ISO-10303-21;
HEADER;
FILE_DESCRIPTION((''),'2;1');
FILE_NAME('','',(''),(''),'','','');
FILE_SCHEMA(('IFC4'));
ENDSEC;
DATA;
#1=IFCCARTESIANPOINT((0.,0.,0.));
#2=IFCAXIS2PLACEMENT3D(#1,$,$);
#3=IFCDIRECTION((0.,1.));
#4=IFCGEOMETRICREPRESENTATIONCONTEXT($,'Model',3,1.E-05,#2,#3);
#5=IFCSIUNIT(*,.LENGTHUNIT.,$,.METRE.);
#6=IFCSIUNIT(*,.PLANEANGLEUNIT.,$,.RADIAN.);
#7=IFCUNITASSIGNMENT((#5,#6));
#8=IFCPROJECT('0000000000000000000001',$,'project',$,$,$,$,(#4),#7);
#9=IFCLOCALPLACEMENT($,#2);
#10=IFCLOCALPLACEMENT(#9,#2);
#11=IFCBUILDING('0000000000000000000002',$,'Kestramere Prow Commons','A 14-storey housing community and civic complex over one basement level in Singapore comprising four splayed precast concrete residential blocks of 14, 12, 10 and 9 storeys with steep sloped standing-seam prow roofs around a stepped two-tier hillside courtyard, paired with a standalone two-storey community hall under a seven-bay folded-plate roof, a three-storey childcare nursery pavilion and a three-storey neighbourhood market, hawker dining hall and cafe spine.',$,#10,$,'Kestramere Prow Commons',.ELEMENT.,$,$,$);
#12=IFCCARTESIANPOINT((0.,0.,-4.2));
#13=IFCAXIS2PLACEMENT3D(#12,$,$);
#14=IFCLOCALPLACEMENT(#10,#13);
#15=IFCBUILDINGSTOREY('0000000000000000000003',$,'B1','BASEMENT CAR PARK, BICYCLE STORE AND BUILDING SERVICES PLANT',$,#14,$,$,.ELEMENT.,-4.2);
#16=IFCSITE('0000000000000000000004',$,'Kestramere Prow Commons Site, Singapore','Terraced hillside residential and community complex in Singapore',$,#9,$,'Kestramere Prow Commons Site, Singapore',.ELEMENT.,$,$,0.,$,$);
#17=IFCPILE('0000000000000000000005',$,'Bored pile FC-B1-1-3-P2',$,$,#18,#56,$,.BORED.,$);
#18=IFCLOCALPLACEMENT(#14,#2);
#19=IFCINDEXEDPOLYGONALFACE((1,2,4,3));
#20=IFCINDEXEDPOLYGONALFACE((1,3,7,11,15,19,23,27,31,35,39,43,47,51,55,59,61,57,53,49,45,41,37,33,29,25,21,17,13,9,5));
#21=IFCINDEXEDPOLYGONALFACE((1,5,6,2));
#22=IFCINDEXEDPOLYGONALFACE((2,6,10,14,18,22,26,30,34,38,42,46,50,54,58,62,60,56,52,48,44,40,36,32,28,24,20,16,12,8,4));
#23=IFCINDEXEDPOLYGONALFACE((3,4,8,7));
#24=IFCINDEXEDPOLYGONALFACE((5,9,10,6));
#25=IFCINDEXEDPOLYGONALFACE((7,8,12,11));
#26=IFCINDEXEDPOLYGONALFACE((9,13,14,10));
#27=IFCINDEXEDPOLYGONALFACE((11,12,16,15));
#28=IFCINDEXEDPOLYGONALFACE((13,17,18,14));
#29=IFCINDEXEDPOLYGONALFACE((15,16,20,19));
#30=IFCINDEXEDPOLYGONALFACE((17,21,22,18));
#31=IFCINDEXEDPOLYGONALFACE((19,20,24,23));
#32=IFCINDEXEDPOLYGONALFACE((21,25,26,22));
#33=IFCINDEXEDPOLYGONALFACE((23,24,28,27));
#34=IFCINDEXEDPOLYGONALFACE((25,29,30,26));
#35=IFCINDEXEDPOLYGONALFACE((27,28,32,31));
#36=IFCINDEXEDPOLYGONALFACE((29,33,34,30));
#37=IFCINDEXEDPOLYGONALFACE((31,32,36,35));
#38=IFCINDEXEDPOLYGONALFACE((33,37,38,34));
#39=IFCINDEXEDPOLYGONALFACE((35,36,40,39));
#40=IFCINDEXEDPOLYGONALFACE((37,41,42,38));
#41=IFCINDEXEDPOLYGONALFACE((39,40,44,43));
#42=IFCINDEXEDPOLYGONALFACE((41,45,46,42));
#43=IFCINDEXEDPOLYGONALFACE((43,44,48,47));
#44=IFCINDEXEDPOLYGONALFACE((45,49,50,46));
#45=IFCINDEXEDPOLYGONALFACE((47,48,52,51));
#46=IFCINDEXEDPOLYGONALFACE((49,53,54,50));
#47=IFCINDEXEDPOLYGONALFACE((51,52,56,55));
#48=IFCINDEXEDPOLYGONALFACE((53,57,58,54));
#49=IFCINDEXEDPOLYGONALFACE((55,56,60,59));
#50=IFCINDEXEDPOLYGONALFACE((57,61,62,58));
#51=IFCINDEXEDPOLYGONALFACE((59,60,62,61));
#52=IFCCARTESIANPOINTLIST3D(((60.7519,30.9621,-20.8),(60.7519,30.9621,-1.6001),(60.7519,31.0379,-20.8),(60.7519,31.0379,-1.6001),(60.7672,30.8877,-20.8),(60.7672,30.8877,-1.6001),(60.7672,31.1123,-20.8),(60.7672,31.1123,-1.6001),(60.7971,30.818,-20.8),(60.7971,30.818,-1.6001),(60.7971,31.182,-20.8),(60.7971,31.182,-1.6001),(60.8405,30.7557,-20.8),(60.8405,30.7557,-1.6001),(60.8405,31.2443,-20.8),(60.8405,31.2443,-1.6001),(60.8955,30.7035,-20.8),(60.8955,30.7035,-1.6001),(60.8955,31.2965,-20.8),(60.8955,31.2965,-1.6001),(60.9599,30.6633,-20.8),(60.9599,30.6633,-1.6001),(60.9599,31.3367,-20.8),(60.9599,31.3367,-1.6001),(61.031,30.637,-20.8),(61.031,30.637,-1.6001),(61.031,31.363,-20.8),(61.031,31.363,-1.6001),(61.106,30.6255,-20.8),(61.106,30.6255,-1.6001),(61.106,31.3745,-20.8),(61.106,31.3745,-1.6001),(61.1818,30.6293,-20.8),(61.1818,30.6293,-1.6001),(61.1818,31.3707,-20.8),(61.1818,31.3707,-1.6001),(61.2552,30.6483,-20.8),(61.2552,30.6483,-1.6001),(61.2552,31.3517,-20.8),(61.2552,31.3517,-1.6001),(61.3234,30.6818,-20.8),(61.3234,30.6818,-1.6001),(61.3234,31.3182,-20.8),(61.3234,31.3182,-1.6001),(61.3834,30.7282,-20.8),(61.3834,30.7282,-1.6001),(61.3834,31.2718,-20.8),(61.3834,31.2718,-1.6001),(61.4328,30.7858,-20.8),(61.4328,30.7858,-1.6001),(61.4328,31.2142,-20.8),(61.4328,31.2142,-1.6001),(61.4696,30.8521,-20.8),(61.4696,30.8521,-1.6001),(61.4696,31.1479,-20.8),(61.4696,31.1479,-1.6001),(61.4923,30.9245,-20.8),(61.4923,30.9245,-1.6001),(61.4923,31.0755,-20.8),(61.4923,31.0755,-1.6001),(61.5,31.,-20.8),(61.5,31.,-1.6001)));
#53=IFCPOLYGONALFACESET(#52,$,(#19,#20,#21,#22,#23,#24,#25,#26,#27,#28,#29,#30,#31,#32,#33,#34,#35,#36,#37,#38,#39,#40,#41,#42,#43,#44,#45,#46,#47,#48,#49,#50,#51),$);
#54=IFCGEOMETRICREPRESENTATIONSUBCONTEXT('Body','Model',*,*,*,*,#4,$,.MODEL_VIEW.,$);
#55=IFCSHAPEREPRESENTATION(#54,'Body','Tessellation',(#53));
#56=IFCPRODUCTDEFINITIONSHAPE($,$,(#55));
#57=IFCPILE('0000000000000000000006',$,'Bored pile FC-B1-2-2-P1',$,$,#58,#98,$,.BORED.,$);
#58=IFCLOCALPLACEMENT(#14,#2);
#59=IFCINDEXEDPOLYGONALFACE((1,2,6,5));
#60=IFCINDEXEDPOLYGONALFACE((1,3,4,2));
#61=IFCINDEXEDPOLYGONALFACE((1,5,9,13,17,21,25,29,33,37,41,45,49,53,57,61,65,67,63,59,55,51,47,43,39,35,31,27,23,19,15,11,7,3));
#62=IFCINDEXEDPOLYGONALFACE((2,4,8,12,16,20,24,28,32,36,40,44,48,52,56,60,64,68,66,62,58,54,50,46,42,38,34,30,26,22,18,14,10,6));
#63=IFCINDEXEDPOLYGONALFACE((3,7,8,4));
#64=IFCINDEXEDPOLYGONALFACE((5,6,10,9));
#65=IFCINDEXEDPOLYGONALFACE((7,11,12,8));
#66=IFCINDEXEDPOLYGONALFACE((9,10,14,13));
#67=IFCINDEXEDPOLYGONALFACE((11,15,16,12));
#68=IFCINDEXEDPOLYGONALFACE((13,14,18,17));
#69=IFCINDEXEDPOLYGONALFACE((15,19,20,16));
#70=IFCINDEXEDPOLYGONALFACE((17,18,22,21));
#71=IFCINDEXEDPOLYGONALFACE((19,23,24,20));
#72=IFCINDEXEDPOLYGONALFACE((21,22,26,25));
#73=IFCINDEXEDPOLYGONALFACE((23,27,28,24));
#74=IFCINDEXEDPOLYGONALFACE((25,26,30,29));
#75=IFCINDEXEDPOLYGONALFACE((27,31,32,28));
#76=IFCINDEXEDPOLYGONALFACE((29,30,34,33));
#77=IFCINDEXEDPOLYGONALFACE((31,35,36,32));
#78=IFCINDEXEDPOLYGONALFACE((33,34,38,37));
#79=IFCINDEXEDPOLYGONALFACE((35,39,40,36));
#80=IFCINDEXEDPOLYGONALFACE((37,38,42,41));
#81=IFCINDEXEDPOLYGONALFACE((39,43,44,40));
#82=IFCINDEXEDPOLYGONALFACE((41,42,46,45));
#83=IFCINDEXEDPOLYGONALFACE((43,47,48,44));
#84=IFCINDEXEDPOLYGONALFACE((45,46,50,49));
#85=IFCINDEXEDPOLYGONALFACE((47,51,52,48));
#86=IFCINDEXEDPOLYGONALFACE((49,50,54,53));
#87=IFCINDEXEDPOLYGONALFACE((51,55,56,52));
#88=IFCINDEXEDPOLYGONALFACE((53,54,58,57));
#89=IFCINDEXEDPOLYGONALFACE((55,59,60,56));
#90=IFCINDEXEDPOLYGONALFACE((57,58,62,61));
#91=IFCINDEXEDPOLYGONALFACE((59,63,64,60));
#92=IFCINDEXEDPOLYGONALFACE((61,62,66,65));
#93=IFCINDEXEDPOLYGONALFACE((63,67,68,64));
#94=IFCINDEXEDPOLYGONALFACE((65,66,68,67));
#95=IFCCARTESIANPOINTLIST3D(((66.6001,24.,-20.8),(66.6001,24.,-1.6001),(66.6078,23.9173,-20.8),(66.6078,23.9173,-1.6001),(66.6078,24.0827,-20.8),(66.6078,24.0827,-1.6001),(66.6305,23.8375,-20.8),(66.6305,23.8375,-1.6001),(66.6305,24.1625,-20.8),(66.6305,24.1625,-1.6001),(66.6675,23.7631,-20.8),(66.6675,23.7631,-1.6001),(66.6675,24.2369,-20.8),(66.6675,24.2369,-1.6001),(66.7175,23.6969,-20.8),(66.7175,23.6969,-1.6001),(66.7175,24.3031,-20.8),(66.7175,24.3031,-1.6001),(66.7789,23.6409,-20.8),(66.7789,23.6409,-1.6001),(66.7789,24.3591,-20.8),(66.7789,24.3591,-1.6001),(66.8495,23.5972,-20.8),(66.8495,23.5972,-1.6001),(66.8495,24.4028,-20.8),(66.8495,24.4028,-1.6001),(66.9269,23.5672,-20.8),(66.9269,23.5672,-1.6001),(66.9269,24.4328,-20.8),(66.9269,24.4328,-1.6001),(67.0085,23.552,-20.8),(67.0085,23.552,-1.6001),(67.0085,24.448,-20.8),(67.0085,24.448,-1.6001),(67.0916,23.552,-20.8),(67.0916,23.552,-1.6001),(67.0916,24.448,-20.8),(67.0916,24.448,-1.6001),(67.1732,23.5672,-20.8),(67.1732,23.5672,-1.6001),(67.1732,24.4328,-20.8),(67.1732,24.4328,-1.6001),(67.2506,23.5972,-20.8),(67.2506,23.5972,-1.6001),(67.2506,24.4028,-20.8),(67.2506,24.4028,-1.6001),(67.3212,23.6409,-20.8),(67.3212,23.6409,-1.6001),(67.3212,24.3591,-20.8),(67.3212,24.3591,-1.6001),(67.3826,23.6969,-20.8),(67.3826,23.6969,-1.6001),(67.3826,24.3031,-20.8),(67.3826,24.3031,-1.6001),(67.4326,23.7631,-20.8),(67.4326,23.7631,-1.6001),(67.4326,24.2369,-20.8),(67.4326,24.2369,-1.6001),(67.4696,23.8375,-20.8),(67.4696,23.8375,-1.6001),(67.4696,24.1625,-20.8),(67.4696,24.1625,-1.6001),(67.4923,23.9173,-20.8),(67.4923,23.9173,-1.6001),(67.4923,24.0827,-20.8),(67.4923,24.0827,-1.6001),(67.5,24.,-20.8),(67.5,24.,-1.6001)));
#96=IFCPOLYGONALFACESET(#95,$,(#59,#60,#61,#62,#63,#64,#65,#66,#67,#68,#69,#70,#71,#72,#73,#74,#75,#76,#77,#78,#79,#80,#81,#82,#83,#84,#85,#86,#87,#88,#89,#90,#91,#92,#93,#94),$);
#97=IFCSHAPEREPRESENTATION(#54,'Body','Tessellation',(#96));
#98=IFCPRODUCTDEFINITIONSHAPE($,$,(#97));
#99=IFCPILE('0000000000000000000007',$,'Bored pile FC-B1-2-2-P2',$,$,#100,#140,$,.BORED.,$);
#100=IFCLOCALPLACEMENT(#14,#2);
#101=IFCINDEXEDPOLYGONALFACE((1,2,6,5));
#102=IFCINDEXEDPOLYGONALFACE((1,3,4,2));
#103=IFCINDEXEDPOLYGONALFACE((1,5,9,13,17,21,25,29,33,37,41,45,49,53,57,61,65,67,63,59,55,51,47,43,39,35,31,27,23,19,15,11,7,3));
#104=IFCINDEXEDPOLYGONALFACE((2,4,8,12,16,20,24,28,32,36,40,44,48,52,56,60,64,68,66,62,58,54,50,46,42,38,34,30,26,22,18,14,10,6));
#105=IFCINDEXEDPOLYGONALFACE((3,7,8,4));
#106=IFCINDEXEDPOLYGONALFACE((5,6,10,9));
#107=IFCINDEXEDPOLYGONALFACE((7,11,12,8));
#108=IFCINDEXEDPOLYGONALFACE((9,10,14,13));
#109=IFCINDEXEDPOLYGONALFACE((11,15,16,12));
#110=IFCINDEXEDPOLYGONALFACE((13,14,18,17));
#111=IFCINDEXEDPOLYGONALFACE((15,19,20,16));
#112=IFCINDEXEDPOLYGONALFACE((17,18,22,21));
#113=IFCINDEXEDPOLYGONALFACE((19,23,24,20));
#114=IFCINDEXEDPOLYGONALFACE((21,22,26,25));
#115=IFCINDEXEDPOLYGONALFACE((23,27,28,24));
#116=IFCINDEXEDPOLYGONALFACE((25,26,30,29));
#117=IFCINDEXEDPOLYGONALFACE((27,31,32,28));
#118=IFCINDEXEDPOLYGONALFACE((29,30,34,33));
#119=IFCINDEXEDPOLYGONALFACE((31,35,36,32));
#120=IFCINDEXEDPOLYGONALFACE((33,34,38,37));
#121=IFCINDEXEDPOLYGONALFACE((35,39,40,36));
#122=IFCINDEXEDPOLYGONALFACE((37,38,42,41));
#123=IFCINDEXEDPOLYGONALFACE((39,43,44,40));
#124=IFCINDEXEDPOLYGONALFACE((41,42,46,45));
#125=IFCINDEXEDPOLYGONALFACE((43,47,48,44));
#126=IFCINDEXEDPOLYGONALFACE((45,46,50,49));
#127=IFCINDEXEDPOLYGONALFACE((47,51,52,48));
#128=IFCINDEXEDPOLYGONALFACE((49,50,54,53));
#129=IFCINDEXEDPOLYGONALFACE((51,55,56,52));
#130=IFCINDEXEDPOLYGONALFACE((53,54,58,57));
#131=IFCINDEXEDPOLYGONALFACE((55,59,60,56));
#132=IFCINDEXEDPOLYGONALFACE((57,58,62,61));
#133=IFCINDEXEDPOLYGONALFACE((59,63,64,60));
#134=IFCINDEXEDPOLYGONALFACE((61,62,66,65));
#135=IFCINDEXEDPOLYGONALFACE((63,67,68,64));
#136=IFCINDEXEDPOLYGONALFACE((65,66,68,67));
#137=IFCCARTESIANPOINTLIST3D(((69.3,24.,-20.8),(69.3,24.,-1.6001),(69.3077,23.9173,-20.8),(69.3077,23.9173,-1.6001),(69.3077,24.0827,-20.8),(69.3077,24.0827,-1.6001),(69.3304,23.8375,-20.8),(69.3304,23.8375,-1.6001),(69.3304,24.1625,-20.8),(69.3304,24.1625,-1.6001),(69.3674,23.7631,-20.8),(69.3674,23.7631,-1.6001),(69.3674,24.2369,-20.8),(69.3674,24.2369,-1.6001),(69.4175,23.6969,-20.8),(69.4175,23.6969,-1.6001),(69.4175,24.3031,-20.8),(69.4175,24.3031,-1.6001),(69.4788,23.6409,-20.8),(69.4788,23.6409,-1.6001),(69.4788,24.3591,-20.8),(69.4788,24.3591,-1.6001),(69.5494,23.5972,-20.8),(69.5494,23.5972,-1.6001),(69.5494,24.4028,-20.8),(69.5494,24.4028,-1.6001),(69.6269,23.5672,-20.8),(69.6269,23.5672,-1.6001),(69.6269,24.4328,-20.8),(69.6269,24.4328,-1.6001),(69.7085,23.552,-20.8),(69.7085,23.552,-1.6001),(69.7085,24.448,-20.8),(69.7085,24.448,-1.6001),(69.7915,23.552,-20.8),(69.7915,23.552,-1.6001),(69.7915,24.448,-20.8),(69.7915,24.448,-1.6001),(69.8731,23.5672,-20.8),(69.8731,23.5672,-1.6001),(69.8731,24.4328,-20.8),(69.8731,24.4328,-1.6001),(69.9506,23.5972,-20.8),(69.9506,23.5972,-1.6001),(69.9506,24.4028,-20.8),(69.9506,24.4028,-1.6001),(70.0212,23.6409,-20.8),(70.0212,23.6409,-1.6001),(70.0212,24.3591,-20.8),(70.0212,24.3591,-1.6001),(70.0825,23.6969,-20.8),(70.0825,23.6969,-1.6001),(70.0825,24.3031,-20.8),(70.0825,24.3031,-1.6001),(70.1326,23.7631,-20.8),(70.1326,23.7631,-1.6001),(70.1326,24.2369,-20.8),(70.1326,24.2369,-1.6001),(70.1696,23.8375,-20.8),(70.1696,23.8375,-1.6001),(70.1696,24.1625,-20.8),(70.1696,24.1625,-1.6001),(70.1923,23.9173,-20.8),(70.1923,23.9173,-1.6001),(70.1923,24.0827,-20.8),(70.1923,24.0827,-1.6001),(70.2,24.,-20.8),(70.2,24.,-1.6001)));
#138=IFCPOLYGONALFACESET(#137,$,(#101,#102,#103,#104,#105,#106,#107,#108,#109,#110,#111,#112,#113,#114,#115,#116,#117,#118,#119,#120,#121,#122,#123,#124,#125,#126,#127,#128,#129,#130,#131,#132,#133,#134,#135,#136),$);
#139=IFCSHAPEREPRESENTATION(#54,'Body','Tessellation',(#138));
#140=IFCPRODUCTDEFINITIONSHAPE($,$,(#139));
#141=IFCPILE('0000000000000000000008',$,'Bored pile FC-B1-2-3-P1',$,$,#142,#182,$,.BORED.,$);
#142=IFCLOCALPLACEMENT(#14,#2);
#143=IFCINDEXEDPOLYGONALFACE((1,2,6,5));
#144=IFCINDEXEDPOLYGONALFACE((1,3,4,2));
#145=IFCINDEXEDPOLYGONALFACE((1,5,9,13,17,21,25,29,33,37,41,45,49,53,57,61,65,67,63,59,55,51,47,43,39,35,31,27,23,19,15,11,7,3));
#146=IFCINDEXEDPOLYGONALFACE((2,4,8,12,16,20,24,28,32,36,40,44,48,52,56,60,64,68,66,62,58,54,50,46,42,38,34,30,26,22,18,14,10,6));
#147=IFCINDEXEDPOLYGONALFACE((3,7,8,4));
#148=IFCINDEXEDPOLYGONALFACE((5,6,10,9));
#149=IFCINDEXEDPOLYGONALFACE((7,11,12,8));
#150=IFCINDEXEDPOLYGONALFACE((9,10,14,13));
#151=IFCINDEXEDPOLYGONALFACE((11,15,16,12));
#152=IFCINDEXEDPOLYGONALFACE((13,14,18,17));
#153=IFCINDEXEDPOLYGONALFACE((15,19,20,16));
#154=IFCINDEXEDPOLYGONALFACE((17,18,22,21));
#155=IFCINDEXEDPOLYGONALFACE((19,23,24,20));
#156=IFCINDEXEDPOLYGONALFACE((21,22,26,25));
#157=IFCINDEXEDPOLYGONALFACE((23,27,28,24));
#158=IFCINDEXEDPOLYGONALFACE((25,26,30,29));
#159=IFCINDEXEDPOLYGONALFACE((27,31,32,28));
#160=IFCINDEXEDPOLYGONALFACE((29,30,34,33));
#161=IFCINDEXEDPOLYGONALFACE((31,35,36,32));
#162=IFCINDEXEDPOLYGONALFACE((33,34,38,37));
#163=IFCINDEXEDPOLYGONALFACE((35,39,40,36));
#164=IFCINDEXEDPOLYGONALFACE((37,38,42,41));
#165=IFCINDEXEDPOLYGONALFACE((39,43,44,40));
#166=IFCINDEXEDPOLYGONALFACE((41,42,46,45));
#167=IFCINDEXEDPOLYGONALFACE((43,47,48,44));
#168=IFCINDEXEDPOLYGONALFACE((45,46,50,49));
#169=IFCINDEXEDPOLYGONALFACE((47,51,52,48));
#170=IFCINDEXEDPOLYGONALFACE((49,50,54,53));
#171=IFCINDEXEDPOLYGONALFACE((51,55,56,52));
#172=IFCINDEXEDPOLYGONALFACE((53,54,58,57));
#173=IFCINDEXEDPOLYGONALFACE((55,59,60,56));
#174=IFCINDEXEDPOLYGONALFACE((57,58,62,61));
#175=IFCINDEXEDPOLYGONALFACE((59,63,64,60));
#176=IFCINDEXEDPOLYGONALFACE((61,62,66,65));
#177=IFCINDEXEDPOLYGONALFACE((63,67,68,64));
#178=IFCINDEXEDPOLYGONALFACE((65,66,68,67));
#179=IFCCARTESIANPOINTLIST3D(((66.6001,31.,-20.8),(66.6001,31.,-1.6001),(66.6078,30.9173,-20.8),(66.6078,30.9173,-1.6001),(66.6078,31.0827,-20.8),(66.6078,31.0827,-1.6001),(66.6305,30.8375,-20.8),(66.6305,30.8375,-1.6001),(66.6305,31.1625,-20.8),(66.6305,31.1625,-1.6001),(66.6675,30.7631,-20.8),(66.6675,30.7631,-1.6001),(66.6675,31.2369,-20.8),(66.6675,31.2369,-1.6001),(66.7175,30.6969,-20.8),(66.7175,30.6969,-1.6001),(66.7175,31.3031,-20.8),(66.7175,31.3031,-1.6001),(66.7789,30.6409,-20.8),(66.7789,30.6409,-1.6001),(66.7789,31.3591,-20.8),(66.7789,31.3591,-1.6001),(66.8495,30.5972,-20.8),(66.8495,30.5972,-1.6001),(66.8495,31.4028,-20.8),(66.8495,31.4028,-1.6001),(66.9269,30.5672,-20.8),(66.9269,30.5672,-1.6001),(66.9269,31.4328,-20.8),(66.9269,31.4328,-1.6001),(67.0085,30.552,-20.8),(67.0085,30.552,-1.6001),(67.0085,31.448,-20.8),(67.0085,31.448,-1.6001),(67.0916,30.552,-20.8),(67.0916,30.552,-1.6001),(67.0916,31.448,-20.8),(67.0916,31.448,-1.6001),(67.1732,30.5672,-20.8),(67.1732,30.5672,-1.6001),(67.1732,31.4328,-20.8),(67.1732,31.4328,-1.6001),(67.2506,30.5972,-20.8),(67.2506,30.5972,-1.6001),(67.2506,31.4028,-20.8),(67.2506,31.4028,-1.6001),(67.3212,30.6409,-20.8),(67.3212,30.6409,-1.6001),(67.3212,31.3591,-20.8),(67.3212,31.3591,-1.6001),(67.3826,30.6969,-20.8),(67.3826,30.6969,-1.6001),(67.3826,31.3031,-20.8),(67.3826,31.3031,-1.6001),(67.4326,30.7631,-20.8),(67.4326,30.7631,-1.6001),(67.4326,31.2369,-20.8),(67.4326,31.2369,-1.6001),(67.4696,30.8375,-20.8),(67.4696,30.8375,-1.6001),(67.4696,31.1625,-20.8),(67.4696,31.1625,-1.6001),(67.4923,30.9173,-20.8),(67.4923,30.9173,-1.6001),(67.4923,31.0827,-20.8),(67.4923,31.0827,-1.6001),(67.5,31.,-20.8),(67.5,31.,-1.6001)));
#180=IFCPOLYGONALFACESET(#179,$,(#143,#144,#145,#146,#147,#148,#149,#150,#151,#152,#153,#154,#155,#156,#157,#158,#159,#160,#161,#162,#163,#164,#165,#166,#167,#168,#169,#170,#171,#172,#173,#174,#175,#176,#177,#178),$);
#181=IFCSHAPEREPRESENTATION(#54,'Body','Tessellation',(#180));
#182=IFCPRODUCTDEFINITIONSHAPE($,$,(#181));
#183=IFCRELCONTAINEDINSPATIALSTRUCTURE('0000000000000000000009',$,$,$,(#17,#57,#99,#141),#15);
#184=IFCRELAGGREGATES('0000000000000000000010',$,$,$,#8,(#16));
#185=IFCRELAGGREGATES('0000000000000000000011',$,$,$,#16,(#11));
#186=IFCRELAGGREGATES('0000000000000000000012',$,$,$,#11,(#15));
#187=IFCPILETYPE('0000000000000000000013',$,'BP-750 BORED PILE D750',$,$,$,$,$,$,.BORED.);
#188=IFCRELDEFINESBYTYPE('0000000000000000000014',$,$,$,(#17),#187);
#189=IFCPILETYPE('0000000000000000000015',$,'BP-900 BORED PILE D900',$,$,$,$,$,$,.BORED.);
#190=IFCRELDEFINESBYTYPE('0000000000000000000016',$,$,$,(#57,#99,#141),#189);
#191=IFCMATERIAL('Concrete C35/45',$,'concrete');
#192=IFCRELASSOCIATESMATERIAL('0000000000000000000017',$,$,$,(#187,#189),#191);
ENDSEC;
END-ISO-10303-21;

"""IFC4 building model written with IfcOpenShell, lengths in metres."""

from ifc_helpers import new_model, si_unit, direction, frame, origin, origin_2d, place, context, subcontext, project, spatial, circle, extrude, material, material_profile, profile_set, type_object, element, save


model = new_model("IFC4")

# Units and contexts
model_context = context("Model", 3, precision=1e-05, world=origin(), true_north=direction((0.0, 1.0)))
body_context = subcontext(model_context, "Body", "Model", "MODEL_VIEW")
ifc_project = project(units=[si_unit("LENGTHUNIT", "METRE"), si_unit("PLANEANGLEUNIT", "RADIAN")], contexts=[model_context])

# Site, building, storey
site_placement = place(None, origin())
site = spatial("IfcSite", under=ifc_project, at=site_placement, Name="Kestramere Prow Commons Site, Singapore", Description="Terraced hillside residential and community complex in Singapore", LongName="Kestramere Prow Commons Site, Singapore", CompositionType="ELEMENT", RefElevation=0.0)
building_placement = place(site_placement, origin())
building = spatial("IfcBuilding", under=site, at=building_placement, Name="Kestramere Prow Commons", Description="A 14-storey housing community and civic complex over one basement level in Singapore comprising four splayed precast concrete residential blocks of 14, 12, 10 and 9 storeys with steep sloped standing-seam prow roofs around a stepped two-tier hillside courtyard, paired with a standalone two-storey community hall under a seven-bay folded-plate roof, a three-storey childcare nursery pavilion and a three-storey neighbourhood market, hawker dining hall and cafe spine.", LongName="Kestramere Prow Commons", CompositionType="ELEMENT")
storey_placement = place(building_placement, frame((0.0, 0.0, -4.2)))
storey = spatial("IfcBuildingStorey", under=building, at=storey_placement, Name="B1", Description="BASEMENT CAR PARK, BICYCLE STORE AND BUILDING SERVICES PLANT", CompositionType="ELEMENT", Elevation=-4.2)

# Piles
ifc_material_1 = material(Name="Concrete C35/45", Category="concrete")
ifc_material_profile_1 = material_profile(ifc_material_1, circle(Radius=0.375, at=origin_2d()), Name="BORED PILE D750")
ifc_profile_set_1 = profile_set([ifc_material_profile_1], Name="Concrete C35/45")
pile_type_1 = type_object("IfcPileType", Name="BP-750 BORED PILE D750", PredefinedType="BORED", material=ifc_profile_set_1)
pile_placement = place(storey_placement, frame((61.125, 31.0, -1.6001), z_axis=(0.0, 0.0, -1.0), x_axis=(1.0, 0.0, 0.0)))
element("IfcPile", 1, at=pile_placement, inside=storey, type_object=pile_type_1, Name="Bored pile FC-B1-1-3-P2", PredefinedType="BORED", context=body_context, shape_type="SweptSolid", body=[
    extrude(circle(Radius=0.375, at=origin_2d()), origin(), (0.0, 0.0, 1.0), 19.2),
])
ifc_material_profile_2 = material_profile(ifc_material_1, circle(Radius=0.45, at=origin_2d()), Name="BORED PILE D900")
ifc_profile_set_2 = profile_set([ifc_material_profile_2], Name="Concrete C35/45")
pile_type_2 = type_object("IfcPileType", Name="BP-900 BORED PILE D900", PredefinedType="BORED", material=ifc_profile_set_2)
for number, where, z_axis, x_axis, name in (
    (2, (67.05, 24.0, -1.6001), (0.0, 0.0, -1.0), (1.0, 0.0, 0.0), "Bored pile FC-B1-2-2-P1"),
    (3, (69.75, 24.0, -1.6001), (0.0, 0.0, -1.0), (1.0, 0.0, 0.0), "Bored pile FC-B1-2-2-P2"),
    (4, (67.05, 31.0, -1.6001), (0.0, 0.0, -1.0), (1.0, 0.0, 0.0), "Bored pile FC-B1-2-3-P1"),
):
    element("IfcPile", number, at=place(storey_placement, frame(where, z_axis=z_axis, x_axis=x_axis)), inside=storey, type_object=pile_type_2, Name=name, PredefinedType="BORED", context=body_context, shape_type="SweptSolid", body=[
        extrude(circle(Radius=0.45, at=origin_2d()), origin(), (0.0, 0.0, 1.0), 19.2),
    ])

save(model, "model.ifc")
